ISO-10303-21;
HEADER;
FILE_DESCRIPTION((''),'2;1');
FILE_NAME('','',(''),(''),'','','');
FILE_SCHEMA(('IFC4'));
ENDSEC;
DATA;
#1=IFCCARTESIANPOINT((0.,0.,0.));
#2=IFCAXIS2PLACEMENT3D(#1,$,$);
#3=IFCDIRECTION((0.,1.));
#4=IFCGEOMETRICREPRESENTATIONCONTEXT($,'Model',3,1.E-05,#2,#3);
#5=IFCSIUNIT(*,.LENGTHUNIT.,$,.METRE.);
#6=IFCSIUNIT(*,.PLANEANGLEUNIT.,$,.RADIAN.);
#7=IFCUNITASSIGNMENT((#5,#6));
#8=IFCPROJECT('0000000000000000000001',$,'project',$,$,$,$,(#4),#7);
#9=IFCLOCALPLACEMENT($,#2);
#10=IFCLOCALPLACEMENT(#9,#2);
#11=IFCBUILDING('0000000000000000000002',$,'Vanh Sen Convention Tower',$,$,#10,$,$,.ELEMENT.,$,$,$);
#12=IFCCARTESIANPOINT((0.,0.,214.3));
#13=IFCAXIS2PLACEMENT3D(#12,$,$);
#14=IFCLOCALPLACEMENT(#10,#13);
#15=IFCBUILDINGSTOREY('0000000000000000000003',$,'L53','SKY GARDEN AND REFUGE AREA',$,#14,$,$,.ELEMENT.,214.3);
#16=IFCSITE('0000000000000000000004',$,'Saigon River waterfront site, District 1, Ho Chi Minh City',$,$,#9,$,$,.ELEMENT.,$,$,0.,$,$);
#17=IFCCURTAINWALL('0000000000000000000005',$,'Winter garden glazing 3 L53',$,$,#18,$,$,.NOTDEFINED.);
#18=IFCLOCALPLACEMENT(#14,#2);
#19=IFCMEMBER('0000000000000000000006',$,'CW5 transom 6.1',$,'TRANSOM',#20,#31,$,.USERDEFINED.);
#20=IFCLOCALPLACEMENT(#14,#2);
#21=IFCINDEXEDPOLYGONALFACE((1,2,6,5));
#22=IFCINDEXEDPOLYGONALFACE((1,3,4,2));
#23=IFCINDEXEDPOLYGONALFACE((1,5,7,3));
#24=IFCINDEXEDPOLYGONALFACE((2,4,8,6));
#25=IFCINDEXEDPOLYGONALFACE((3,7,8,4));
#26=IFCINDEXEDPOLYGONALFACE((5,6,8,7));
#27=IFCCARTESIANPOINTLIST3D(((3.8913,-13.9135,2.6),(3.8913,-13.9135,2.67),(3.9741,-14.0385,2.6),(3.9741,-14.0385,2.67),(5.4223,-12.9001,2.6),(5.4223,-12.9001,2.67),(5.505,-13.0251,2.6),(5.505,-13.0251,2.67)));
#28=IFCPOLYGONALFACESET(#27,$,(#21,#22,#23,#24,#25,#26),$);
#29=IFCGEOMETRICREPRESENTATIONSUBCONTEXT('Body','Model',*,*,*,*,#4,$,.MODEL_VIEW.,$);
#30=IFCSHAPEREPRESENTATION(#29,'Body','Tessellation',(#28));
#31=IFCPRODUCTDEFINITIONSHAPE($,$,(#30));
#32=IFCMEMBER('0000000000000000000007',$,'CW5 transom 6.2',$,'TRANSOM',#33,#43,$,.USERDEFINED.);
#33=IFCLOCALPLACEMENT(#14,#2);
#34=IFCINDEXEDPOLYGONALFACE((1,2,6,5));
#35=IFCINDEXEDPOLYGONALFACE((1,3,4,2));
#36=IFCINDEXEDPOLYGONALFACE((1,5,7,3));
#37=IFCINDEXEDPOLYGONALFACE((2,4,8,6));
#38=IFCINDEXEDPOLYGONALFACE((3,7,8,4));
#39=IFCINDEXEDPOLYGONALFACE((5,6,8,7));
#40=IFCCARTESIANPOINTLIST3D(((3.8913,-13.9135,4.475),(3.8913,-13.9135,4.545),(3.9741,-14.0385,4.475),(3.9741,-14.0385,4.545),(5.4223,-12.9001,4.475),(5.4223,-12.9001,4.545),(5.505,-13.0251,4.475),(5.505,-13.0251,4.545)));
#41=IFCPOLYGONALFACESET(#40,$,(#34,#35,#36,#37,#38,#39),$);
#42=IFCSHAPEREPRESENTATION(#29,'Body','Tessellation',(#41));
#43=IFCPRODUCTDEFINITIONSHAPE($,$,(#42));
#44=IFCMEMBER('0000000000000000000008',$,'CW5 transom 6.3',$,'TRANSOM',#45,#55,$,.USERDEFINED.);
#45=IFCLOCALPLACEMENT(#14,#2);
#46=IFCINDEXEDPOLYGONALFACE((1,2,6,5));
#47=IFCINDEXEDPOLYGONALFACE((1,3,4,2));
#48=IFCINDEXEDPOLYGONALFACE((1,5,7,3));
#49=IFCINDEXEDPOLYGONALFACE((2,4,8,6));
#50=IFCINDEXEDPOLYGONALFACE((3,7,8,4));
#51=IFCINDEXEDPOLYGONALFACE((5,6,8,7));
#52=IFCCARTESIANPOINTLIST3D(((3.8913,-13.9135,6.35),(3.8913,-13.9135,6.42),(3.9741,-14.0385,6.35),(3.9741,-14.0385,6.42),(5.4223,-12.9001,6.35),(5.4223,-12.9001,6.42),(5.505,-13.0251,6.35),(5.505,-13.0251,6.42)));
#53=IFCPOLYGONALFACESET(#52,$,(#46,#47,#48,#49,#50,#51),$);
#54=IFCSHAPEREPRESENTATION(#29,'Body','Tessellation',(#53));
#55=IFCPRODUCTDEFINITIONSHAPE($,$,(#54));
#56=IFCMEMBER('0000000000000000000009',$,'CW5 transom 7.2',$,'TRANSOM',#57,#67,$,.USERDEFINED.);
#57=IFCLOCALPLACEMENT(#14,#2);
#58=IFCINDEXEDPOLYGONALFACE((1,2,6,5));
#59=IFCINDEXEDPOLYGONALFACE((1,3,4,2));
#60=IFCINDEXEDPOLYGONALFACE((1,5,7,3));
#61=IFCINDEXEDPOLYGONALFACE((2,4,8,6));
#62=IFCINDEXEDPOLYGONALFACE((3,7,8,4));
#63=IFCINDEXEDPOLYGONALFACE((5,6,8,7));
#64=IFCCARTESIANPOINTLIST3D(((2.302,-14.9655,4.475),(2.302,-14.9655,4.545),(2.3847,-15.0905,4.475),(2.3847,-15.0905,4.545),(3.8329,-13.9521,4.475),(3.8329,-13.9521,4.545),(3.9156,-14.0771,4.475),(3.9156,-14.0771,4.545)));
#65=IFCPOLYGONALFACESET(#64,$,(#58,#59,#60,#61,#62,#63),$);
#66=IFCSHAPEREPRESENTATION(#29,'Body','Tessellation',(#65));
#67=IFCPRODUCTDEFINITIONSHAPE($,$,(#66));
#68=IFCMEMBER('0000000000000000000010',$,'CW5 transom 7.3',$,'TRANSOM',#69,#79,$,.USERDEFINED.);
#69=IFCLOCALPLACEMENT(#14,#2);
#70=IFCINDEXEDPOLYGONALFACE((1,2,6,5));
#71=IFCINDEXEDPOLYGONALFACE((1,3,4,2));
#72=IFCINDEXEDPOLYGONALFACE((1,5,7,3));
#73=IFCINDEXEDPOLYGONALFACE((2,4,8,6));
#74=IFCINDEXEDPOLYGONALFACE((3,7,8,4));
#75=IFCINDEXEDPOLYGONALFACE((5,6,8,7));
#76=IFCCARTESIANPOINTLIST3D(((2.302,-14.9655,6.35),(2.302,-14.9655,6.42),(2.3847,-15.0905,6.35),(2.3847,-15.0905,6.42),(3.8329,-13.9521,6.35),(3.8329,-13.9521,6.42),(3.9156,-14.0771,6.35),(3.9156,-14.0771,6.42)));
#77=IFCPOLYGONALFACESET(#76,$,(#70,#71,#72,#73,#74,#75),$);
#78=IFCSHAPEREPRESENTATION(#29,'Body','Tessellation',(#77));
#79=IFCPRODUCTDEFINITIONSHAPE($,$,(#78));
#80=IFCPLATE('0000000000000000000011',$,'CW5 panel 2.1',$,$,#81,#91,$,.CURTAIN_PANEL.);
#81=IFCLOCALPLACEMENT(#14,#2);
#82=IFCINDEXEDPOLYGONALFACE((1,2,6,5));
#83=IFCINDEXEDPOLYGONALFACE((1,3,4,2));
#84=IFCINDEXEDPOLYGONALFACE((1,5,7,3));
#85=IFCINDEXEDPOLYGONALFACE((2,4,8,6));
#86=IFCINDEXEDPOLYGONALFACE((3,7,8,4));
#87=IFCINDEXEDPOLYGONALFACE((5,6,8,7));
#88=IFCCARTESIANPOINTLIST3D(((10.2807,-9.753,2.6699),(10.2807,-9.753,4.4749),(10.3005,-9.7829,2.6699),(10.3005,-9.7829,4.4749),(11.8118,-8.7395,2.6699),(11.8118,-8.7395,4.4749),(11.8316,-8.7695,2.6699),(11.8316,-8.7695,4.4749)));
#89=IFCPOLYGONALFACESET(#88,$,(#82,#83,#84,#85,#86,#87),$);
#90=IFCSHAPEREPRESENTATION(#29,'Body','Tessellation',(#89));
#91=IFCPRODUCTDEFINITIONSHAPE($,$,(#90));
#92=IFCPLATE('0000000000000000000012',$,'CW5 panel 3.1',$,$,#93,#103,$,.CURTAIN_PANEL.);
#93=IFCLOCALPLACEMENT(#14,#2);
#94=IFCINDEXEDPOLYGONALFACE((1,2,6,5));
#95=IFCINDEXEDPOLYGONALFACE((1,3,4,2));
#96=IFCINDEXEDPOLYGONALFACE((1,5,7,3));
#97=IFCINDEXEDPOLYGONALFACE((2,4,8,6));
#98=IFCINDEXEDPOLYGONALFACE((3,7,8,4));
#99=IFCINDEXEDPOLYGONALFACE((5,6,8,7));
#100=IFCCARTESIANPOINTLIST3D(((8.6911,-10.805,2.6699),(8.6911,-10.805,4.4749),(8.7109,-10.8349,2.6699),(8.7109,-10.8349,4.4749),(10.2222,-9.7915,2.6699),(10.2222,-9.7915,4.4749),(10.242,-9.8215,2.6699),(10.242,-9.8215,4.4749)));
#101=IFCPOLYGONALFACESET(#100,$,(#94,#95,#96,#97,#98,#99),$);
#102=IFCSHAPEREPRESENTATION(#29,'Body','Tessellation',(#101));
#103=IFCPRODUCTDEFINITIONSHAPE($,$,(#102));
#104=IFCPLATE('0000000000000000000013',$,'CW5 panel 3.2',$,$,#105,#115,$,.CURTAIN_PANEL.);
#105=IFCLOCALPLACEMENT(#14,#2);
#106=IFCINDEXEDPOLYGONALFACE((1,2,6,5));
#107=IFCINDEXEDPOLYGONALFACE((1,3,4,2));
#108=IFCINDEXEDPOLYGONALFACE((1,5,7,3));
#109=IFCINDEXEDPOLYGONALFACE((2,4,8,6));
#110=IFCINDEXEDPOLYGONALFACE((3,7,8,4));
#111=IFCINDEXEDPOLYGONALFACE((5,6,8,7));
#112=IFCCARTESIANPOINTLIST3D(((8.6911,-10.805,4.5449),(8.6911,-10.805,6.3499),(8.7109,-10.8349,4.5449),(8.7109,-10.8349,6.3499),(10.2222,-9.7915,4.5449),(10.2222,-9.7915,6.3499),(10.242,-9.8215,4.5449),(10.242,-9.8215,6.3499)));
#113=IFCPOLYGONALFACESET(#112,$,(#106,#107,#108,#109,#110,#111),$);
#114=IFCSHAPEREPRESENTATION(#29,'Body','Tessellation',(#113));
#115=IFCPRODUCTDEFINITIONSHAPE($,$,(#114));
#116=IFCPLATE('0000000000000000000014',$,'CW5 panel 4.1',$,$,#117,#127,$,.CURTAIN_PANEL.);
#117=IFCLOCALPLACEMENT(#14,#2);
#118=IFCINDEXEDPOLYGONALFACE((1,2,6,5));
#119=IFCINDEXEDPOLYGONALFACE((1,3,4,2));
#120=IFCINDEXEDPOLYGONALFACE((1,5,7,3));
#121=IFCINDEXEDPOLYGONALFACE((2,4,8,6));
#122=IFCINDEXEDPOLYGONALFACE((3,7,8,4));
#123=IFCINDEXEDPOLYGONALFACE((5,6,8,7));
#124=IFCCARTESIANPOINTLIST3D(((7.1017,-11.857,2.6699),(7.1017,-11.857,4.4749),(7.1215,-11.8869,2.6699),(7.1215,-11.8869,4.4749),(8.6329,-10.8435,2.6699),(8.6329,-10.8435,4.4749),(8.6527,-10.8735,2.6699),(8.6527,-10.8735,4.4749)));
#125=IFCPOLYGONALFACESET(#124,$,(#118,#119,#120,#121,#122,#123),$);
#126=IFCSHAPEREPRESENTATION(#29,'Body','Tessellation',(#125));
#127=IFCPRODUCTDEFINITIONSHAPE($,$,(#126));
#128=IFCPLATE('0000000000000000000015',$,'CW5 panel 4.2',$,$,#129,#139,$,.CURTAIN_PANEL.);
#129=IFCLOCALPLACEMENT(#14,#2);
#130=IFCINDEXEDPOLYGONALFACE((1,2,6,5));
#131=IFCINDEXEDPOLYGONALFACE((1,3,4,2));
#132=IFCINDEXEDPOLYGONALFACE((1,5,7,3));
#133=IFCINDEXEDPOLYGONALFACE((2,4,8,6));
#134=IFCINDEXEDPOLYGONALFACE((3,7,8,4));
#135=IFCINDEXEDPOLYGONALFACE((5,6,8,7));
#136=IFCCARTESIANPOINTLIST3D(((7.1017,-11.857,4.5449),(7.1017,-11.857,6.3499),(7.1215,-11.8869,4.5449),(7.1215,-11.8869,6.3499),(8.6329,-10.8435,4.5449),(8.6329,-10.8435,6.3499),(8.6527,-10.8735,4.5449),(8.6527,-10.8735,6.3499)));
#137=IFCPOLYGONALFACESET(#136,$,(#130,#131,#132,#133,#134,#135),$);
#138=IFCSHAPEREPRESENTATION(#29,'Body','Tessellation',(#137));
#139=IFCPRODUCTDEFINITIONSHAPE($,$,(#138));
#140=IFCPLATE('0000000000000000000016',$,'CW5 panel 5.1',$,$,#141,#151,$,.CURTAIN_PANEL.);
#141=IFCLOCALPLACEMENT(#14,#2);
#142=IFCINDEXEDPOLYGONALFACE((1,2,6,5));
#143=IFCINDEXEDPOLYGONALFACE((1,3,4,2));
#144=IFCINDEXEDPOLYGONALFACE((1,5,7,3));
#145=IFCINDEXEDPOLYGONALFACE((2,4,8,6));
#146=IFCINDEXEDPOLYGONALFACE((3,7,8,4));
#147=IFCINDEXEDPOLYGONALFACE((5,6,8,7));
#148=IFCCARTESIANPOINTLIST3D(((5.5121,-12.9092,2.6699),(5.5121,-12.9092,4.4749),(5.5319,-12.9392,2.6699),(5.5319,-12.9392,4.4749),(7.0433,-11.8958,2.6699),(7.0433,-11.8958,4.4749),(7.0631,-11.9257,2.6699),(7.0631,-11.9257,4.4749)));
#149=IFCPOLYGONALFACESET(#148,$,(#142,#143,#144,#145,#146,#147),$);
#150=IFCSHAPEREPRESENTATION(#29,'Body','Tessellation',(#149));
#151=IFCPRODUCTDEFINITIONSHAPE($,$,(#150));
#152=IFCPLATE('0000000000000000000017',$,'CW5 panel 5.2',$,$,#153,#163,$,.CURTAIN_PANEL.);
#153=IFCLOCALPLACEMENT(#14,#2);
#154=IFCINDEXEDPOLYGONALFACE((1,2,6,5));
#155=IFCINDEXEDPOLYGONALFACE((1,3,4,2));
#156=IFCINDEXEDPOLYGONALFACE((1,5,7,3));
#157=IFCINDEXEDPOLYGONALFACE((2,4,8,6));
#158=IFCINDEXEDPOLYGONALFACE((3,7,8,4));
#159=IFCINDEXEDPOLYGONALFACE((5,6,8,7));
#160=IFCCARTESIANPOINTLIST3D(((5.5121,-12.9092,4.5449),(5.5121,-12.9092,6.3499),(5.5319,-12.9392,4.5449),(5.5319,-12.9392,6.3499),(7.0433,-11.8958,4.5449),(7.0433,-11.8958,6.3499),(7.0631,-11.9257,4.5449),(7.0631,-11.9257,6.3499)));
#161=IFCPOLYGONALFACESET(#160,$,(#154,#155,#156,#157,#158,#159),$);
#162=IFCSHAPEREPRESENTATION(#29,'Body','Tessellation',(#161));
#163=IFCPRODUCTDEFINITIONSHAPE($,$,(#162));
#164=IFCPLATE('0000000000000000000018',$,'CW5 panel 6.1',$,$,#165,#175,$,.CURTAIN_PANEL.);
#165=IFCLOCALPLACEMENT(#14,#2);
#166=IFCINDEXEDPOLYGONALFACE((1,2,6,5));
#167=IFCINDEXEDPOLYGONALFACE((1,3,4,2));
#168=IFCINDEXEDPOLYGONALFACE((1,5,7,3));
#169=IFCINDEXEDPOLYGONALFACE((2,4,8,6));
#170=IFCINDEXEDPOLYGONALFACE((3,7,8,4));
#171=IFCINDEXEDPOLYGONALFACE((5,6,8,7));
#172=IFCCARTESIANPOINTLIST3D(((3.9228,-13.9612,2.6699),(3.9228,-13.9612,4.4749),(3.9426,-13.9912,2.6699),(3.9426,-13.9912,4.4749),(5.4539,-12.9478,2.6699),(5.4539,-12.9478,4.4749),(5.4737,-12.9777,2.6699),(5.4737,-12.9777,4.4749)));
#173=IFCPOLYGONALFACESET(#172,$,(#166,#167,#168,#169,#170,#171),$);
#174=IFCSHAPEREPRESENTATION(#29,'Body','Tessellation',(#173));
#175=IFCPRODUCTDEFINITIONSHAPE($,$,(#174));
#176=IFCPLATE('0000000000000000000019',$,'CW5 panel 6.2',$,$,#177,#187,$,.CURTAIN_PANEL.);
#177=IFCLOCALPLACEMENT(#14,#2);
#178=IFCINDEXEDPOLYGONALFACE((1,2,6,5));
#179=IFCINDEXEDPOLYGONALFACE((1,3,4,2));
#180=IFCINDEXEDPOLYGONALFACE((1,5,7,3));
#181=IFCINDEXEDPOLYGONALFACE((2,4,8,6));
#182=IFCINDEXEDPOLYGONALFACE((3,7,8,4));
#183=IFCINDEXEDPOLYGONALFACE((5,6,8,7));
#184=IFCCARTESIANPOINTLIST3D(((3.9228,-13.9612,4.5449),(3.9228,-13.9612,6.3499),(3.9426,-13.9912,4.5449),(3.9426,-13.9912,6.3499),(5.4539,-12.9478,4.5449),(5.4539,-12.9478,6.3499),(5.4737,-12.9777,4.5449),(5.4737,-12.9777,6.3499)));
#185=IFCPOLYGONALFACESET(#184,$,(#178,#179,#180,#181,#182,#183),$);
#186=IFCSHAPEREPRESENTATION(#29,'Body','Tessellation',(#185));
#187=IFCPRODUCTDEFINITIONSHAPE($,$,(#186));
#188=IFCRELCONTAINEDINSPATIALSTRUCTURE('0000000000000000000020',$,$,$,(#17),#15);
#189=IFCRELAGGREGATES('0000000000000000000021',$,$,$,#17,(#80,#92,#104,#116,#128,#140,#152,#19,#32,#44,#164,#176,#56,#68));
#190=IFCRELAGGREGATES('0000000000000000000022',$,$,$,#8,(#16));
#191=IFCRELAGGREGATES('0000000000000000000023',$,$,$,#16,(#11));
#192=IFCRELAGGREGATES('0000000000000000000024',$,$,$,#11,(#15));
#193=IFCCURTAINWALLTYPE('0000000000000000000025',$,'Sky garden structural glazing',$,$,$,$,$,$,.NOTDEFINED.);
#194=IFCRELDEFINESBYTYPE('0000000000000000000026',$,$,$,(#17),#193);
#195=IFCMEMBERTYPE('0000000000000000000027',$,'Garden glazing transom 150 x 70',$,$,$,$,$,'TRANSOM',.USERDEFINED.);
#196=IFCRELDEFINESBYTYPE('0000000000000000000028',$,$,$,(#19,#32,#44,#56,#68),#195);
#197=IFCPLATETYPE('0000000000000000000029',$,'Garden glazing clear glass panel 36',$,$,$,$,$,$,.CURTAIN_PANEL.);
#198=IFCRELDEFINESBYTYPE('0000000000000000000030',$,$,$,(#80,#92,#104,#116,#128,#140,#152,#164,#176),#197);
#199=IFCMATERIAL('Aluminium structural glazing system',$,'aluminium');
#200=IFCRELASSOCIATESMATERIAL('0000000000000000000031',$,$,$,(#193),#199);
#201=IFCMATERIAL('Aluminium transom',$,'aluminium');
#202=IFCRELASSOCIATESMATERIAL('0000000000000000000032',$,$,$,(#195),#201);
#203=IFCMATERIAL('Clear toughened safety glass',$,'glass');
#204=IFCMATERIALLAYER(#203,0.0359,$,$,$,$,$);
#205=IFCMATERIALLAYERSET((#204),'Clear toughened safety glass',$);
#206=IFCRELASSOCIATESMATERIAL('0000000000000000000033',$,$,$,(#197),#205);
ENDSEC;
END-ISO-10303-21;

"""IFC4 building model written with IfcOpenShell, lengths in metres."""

from ifc_helpers import new_model, si_unit, direction, frame, origin, origin_2d, place, context, subcontext, project, spatial, rectangle, extrude, material, layer, layer_set, material_profile, profile_set, type_object, element, aggregate, save


model = new_model("IFC4")

# Units and contexts
model_context = context("Model", 3, precision=1e-05, world=origin(), true_north=direction((0.0, 1.0)))
body_context = subcontext(model_context, "Body", "Model", "MODEL_VIEW")
ifc_project = project(units=[si_unit("LENGTHUNIT", "METRE"), si_unit("PLANEANGLEUNIT", "RADIAN")], contexts=[model_context])

# Site, building, storey
site_placement = place(None, origin())
site = spatial("IfcSite", under=ifc_project, at=site_placement, Name="Saigon River waterfront site, District 1, Ho Chi Minh City", CompositionType="ELEMENT", RefElevation=0.0)
building_placement = place(site_placement, origin())
building = spatial("IfcBuilding", under=site, at=building_placement, Name="Vanh Sen Convention Tower", CompositionType="ELEMENT")
storey_placement = place(building_placement, frame((0.0, 0.0, 214.3)))
storey = spatial("IfcBuildingStorey", under=building, at=storey_placement, Name="L53", Description="SKY GARDEN AND REFUGE AREA", CompositionType="ELEMENT", Elevation=214.3)

# Curtain wall, members, plates
ifc_material_1 = material(Name="Aluminium structural glazing system", Category="aluminium")
curtain_wall_type = type_object("IfcCurtainWallType", Name="Sky garden structural glazing", PredefinedType="NOTDEFINED", material=ifc_material_1)
curtain_wall_placement = place(storey_placement, origin())
curtain_wall = element("IfcCurtainWall", 1, at=curtain_wall_placement, inside=storey, type_object=curtain_wall_type, Name="Winter garden glazing 3 L53", PredefinedType="NOTDEFINED")
ifc_material_2 = material(Name="Aluminium transom", Category="aluminium")
ifc_material_profile_1 = material_profile(ifc_material_2, rectangle(XDim=0.1499, YDim=0.0701, at=origin_2d()), Name="Garden glazing transom 150 x 70")
ifc_profile_set_1 = profile_set([ifc_material_profile_1], Name="Aluminium transom")
member_type_1 = type_object("IfcMemberType", Name="Garden glazing transom 150 x 70", ElementType="TRANSOM", PredefinedType="USERDEFINED", material=ifc_profile_set_1)
member_1_placement = place(storey_placement, frame((5.4636, -12.9626, 2.635), z_axis=(-0.833867, -0.551966, 0.0), x_axis=(0.551966, -0.833867, 0.0)))
member_1 = element("IfcMember", 2, at=member_1_placement, type_object=member_type_1, Name="CW5 transom 6.1", ObjectType="TRANSOM", PredefinedType="USERDEFINED", context=body_context, shape_type="SweptSolid", body=[
    extrude(rectangle(XDim=0.1499, YDim=0.0701, at=origin_2d()), origin(), (0.0, 0.0, 1.0), 1.8359),
])
member_2_placement = place(storey_placement, frame((5.4636, -12.9626, 4.51), z_axis=(-0.833867, -0.551966, 0.0), x_axis=(0.551966, -0.833867, 0.0)))
member_2 = element("IfcMember", 3, at=member_2_placement, type_object=member_type_1, Name="CW5 transom 6.2", ObjectType="TRANSOM", PredefinedType="USERDEFINED", context=body_context, shape_type="SweptSolid", body=[
    extrude(rectangle(XDim=0.1499, YDim=0.0701, at=origin_2d()), origin(), (0.0, 0.0, 1.0), 1.8359),
])
member_3_placement = place(storey_placement, frame((5.4636, -12.9626, 6.385), z_axis=(-0.833867, -0.551966, 0.0), x_axis=(0.551966, -0.833867, 0.0)))
member_3 = element("IfcMember", 4, at=member_3_placement, type_object=member_type_1, Name="CW5 transom 6.3", ObjectType="TRANSOM", PredefinedType="USERDEFINED", context=body_context, shape_type="SweptSolid", body=[
    extrude(rectangle(XDim=0.1499, YDim=0.0701, at=origin_2d()), origin(), (0.0, 0.0, 1.0), 1.8359),
])
member_4_placement = place(storey_placement, frame((3.8743, -14.0146, 4.51), z_axis=(-0.833867, -0.551966, 0.0), x_axis=(0.551966, -0.833867, 0.0)))
member_4 = element("IfcMember", 5, at=member_4_placement, type_object=member_type_1, Name="CW5 transom 7.2", ObjectType="TRANSOM", PredefinedType="USERDEFINED", context=body_context, shape_type="SweptSolid", body=[
    extrude(rectangle(XDim=0.1499, YDim=0.0701, at=origin_2d()), origin(), (0.0, 0.0, 1.0), 1.8359),
])
member_5_placement = place(storey_placement, frame((3.8743, -14.0146, 6.385), z_axis=(-0.833867, -0.551966, 0.0), x_axis=(0.551966, -0.833867, 0.0)))
member_5 = element("IfcMember", 6, at=member_5_placement, type_object=member_type_1, Name="CW5 transom 7.3", ObjectType="TRANSOM", PredefinedType="USERDEFINED", context=body_context, shape_type="SweptSolid", body=[
    extrude(rectangle(XDim=0.1499, YDim=0.0701, at=origin_2d()), origin(), (0.0, 0.0, 1.0), 1.8359),
])
ifc_material_3 = material(Name="Clear toughened safety glass", Category="glass")
ifc_layer_1 = layer(ifc_material_3, 0.0359)
ifc_layer_set_1 = layer_set([ifc_layer_1], Name="Clear toughened safety glass")
plate_type = type_object("IfcPlateType", Name="Garden glazing clear glass panel 36", PredefinedType="CURTAIN_PANEL", material=ifc_layer_set_1)
plate_1_placement = place(storey_placement, frame((11.0562, -9.2612, 2.6699), z_axis=(0.0, 0.0, 1.0), x_axis=(-0.833889, -0.551932, 0.0)))
plate_1 = element("IfcPlate", 7, at=plate_1_placement, type_object=plate_type, Name="CW5 panel 2.1", PredefinedType="CURTAIN_PANEL", context=body_context, shape_type="SweptSolid", body=[
    extrude(rectangle(XDim=1.8362, YDim=0.0359, at=origin_2d()), origin(), (0.0, 0.0, 1.0), 1.8049),
])
plate_2_placement = place(storey_placement, frame((9.4666, -10.3132, 2.6699), z_axis=(0.0, 0.0, 1.0), x_axis=(-0.833889, -0.551932, 0.0)))
plate_2 = element("IfcPlate", 8, at=plate_2_placement, type_object=plate_type, Name="CW5 panel 3.1", PredefinedType="CURTAIN_PANEL", context=body_context, shape_type="SweptSolid", body=[
    extrude(rectangle(XDim=1.8362, YDim=0.0359, at=origin_2d()), origin(), (0.0, 0.0, 1.0), 1.8049),
])
plate_3_placement = place(storey_placement, frame((9.4666, -10.3132, 4.5449), z_axis=(0.0, 0.0, 1.0), x_axis=(-0.833889, -0.551932, 0.0)))
plate_3 = element("IfcPlate", 9, at=plate_3_placement, type_object=plate_type, Name="CW5 panel 3.2", PredefinedType="CURTAIN_PANEL", context=body_context, shape_type="SweptSolid", body=[
    extrude(rectangle(XDim=1.8362, YDim=0.0359, at=origin_2d()), origin(), (0.0, 0.0, 1.0), 1.8049),
])
plate_4_placement = place(storey_placement, frame((7.8772, -11.3652, 2.6699), z_axis=(0.0, 0.0, 1.0), x_axis=(-0.833889, -0.551932, 0.0)))
plate_4 = element("IfcPlate", 10, at=plate_4_placement, type_object=plate_type, Name="CW5 panel 4.1", PredefinedType="CURTAIN_PANEL", context=body_context, shape_type="SweptSolid", body=[
    extrude(rectangle(XDim=1.8362, YDim=0.0359, at=origin_2d()), origin(), (0.0, 0.0, 1.0), 1.8049),
])
plate_5_placement = place(storey_placement, frame((7.8772, -11.3652, 4.5449), z_axis=(0.0, 0.0, 1.0), x_axis=(-0.833889, -0.551932, 0.0)))
plate_5 = element("IfcPlate", 11, at=plate_5_placement, type_object=plate_type, Name="CW5 panel 4.2", PredefinedType="CURTAIN_PANEL", context=body_context, shape_type="SweptSolid", body=[
    extrude(rectangle(XDim=1.8362, YDim=0.0359, at=origin_2d()), origin(), (0.0, 0.0, 1.0), 1.8049),
])
plate_6_placement = place(storey_placement, frame((6.2876, -12.4175, 2.6699), z_axis=(0.0, 0.0, 1.0), x_axis=(-0.833889, -0.551932, 0.0)))
plate_6 = element("IfcPlate", 12, at=plate_6_placement, type_object=plate_type, Name="CW5 panel 5.1", PredefinedType="CURTAIN_PANEL", context=body_context, shape_type="SweptSolid", body=[
    extrude(rectangle(XDim=1.8362, YDim=0.0359, at=origin_2d()), origin(), (0.0, 0.0, 1.0), 1.8049),
])
plate_7_placement = place(storey_placement, frame((6.2876, -12.4175, 4.5449), z_axis=(0.0, 0.0, 1.0), x_axis=(-0.833889, -0.551932, 0.0)))
plate_7 = element("IfcPlate", 13, at=plate_7_placement, type_object=plate_type, Name="CW5 panel 5.2", PredefinedType="CURTAIN_PANEL", context=body_context, shape_type="SweptSolid", body=[
    extrude(rectangle(XDim=1.8362, YDim=0.0359, at=origin_2d()), origin(), (0.0, 0.0, 1.0), 1.8049),
])
plate_8_placement = place(storey_placement, frame((4.6982, -13.4695, 2.6699), z_axis=(0.0, 0.0, 1.0), x_axis=(-0.833889, -0.551932, 0.0)))
plate_8 = element("IfcPlate", 14, at=plate_8_placement, type_object=plate_type, Name="CW5 panel 6.1", PredefinedType="CURTAIN_PANEL", context=body_context, shape_type="SweptSolid", body=[
    extrude(rectangle(XDim=1.8362, YDim=0.0359, at=origin_2d()), origin(), (0.0, 0.0, 1.0), 1.8049),
])
plate_9_placement = place(storey_placement, frame((4.6982, -13.4695, 4.5449), z_axis=(0.0, 0.0, 1.0), x_axis=(-0.833889, -0.551932, 0.0)))
plate_9 = element("IfcPlate", 15, at=plate_9_placement, type_object=plate_type, Name="CW5 panel 6.2", PredefinedType="CURTAIN_PANEL", context=body_context, shape_type="SweptSolid", body=[
    extrude(rectangle(XDim=1.8362, YDim=0.0359, at=origin_2d()), origin(), (0.0, 0.0, 1.0), 1.8049),
])
aggregate(curtain_wall, [plate_1, plate_2, plate_3, plate_4, plate_5, plate_6, plate_7, member_1, member_2, member_3, plate_8, plate_9, member_4, member_5])

save(model, "model.ifc")
